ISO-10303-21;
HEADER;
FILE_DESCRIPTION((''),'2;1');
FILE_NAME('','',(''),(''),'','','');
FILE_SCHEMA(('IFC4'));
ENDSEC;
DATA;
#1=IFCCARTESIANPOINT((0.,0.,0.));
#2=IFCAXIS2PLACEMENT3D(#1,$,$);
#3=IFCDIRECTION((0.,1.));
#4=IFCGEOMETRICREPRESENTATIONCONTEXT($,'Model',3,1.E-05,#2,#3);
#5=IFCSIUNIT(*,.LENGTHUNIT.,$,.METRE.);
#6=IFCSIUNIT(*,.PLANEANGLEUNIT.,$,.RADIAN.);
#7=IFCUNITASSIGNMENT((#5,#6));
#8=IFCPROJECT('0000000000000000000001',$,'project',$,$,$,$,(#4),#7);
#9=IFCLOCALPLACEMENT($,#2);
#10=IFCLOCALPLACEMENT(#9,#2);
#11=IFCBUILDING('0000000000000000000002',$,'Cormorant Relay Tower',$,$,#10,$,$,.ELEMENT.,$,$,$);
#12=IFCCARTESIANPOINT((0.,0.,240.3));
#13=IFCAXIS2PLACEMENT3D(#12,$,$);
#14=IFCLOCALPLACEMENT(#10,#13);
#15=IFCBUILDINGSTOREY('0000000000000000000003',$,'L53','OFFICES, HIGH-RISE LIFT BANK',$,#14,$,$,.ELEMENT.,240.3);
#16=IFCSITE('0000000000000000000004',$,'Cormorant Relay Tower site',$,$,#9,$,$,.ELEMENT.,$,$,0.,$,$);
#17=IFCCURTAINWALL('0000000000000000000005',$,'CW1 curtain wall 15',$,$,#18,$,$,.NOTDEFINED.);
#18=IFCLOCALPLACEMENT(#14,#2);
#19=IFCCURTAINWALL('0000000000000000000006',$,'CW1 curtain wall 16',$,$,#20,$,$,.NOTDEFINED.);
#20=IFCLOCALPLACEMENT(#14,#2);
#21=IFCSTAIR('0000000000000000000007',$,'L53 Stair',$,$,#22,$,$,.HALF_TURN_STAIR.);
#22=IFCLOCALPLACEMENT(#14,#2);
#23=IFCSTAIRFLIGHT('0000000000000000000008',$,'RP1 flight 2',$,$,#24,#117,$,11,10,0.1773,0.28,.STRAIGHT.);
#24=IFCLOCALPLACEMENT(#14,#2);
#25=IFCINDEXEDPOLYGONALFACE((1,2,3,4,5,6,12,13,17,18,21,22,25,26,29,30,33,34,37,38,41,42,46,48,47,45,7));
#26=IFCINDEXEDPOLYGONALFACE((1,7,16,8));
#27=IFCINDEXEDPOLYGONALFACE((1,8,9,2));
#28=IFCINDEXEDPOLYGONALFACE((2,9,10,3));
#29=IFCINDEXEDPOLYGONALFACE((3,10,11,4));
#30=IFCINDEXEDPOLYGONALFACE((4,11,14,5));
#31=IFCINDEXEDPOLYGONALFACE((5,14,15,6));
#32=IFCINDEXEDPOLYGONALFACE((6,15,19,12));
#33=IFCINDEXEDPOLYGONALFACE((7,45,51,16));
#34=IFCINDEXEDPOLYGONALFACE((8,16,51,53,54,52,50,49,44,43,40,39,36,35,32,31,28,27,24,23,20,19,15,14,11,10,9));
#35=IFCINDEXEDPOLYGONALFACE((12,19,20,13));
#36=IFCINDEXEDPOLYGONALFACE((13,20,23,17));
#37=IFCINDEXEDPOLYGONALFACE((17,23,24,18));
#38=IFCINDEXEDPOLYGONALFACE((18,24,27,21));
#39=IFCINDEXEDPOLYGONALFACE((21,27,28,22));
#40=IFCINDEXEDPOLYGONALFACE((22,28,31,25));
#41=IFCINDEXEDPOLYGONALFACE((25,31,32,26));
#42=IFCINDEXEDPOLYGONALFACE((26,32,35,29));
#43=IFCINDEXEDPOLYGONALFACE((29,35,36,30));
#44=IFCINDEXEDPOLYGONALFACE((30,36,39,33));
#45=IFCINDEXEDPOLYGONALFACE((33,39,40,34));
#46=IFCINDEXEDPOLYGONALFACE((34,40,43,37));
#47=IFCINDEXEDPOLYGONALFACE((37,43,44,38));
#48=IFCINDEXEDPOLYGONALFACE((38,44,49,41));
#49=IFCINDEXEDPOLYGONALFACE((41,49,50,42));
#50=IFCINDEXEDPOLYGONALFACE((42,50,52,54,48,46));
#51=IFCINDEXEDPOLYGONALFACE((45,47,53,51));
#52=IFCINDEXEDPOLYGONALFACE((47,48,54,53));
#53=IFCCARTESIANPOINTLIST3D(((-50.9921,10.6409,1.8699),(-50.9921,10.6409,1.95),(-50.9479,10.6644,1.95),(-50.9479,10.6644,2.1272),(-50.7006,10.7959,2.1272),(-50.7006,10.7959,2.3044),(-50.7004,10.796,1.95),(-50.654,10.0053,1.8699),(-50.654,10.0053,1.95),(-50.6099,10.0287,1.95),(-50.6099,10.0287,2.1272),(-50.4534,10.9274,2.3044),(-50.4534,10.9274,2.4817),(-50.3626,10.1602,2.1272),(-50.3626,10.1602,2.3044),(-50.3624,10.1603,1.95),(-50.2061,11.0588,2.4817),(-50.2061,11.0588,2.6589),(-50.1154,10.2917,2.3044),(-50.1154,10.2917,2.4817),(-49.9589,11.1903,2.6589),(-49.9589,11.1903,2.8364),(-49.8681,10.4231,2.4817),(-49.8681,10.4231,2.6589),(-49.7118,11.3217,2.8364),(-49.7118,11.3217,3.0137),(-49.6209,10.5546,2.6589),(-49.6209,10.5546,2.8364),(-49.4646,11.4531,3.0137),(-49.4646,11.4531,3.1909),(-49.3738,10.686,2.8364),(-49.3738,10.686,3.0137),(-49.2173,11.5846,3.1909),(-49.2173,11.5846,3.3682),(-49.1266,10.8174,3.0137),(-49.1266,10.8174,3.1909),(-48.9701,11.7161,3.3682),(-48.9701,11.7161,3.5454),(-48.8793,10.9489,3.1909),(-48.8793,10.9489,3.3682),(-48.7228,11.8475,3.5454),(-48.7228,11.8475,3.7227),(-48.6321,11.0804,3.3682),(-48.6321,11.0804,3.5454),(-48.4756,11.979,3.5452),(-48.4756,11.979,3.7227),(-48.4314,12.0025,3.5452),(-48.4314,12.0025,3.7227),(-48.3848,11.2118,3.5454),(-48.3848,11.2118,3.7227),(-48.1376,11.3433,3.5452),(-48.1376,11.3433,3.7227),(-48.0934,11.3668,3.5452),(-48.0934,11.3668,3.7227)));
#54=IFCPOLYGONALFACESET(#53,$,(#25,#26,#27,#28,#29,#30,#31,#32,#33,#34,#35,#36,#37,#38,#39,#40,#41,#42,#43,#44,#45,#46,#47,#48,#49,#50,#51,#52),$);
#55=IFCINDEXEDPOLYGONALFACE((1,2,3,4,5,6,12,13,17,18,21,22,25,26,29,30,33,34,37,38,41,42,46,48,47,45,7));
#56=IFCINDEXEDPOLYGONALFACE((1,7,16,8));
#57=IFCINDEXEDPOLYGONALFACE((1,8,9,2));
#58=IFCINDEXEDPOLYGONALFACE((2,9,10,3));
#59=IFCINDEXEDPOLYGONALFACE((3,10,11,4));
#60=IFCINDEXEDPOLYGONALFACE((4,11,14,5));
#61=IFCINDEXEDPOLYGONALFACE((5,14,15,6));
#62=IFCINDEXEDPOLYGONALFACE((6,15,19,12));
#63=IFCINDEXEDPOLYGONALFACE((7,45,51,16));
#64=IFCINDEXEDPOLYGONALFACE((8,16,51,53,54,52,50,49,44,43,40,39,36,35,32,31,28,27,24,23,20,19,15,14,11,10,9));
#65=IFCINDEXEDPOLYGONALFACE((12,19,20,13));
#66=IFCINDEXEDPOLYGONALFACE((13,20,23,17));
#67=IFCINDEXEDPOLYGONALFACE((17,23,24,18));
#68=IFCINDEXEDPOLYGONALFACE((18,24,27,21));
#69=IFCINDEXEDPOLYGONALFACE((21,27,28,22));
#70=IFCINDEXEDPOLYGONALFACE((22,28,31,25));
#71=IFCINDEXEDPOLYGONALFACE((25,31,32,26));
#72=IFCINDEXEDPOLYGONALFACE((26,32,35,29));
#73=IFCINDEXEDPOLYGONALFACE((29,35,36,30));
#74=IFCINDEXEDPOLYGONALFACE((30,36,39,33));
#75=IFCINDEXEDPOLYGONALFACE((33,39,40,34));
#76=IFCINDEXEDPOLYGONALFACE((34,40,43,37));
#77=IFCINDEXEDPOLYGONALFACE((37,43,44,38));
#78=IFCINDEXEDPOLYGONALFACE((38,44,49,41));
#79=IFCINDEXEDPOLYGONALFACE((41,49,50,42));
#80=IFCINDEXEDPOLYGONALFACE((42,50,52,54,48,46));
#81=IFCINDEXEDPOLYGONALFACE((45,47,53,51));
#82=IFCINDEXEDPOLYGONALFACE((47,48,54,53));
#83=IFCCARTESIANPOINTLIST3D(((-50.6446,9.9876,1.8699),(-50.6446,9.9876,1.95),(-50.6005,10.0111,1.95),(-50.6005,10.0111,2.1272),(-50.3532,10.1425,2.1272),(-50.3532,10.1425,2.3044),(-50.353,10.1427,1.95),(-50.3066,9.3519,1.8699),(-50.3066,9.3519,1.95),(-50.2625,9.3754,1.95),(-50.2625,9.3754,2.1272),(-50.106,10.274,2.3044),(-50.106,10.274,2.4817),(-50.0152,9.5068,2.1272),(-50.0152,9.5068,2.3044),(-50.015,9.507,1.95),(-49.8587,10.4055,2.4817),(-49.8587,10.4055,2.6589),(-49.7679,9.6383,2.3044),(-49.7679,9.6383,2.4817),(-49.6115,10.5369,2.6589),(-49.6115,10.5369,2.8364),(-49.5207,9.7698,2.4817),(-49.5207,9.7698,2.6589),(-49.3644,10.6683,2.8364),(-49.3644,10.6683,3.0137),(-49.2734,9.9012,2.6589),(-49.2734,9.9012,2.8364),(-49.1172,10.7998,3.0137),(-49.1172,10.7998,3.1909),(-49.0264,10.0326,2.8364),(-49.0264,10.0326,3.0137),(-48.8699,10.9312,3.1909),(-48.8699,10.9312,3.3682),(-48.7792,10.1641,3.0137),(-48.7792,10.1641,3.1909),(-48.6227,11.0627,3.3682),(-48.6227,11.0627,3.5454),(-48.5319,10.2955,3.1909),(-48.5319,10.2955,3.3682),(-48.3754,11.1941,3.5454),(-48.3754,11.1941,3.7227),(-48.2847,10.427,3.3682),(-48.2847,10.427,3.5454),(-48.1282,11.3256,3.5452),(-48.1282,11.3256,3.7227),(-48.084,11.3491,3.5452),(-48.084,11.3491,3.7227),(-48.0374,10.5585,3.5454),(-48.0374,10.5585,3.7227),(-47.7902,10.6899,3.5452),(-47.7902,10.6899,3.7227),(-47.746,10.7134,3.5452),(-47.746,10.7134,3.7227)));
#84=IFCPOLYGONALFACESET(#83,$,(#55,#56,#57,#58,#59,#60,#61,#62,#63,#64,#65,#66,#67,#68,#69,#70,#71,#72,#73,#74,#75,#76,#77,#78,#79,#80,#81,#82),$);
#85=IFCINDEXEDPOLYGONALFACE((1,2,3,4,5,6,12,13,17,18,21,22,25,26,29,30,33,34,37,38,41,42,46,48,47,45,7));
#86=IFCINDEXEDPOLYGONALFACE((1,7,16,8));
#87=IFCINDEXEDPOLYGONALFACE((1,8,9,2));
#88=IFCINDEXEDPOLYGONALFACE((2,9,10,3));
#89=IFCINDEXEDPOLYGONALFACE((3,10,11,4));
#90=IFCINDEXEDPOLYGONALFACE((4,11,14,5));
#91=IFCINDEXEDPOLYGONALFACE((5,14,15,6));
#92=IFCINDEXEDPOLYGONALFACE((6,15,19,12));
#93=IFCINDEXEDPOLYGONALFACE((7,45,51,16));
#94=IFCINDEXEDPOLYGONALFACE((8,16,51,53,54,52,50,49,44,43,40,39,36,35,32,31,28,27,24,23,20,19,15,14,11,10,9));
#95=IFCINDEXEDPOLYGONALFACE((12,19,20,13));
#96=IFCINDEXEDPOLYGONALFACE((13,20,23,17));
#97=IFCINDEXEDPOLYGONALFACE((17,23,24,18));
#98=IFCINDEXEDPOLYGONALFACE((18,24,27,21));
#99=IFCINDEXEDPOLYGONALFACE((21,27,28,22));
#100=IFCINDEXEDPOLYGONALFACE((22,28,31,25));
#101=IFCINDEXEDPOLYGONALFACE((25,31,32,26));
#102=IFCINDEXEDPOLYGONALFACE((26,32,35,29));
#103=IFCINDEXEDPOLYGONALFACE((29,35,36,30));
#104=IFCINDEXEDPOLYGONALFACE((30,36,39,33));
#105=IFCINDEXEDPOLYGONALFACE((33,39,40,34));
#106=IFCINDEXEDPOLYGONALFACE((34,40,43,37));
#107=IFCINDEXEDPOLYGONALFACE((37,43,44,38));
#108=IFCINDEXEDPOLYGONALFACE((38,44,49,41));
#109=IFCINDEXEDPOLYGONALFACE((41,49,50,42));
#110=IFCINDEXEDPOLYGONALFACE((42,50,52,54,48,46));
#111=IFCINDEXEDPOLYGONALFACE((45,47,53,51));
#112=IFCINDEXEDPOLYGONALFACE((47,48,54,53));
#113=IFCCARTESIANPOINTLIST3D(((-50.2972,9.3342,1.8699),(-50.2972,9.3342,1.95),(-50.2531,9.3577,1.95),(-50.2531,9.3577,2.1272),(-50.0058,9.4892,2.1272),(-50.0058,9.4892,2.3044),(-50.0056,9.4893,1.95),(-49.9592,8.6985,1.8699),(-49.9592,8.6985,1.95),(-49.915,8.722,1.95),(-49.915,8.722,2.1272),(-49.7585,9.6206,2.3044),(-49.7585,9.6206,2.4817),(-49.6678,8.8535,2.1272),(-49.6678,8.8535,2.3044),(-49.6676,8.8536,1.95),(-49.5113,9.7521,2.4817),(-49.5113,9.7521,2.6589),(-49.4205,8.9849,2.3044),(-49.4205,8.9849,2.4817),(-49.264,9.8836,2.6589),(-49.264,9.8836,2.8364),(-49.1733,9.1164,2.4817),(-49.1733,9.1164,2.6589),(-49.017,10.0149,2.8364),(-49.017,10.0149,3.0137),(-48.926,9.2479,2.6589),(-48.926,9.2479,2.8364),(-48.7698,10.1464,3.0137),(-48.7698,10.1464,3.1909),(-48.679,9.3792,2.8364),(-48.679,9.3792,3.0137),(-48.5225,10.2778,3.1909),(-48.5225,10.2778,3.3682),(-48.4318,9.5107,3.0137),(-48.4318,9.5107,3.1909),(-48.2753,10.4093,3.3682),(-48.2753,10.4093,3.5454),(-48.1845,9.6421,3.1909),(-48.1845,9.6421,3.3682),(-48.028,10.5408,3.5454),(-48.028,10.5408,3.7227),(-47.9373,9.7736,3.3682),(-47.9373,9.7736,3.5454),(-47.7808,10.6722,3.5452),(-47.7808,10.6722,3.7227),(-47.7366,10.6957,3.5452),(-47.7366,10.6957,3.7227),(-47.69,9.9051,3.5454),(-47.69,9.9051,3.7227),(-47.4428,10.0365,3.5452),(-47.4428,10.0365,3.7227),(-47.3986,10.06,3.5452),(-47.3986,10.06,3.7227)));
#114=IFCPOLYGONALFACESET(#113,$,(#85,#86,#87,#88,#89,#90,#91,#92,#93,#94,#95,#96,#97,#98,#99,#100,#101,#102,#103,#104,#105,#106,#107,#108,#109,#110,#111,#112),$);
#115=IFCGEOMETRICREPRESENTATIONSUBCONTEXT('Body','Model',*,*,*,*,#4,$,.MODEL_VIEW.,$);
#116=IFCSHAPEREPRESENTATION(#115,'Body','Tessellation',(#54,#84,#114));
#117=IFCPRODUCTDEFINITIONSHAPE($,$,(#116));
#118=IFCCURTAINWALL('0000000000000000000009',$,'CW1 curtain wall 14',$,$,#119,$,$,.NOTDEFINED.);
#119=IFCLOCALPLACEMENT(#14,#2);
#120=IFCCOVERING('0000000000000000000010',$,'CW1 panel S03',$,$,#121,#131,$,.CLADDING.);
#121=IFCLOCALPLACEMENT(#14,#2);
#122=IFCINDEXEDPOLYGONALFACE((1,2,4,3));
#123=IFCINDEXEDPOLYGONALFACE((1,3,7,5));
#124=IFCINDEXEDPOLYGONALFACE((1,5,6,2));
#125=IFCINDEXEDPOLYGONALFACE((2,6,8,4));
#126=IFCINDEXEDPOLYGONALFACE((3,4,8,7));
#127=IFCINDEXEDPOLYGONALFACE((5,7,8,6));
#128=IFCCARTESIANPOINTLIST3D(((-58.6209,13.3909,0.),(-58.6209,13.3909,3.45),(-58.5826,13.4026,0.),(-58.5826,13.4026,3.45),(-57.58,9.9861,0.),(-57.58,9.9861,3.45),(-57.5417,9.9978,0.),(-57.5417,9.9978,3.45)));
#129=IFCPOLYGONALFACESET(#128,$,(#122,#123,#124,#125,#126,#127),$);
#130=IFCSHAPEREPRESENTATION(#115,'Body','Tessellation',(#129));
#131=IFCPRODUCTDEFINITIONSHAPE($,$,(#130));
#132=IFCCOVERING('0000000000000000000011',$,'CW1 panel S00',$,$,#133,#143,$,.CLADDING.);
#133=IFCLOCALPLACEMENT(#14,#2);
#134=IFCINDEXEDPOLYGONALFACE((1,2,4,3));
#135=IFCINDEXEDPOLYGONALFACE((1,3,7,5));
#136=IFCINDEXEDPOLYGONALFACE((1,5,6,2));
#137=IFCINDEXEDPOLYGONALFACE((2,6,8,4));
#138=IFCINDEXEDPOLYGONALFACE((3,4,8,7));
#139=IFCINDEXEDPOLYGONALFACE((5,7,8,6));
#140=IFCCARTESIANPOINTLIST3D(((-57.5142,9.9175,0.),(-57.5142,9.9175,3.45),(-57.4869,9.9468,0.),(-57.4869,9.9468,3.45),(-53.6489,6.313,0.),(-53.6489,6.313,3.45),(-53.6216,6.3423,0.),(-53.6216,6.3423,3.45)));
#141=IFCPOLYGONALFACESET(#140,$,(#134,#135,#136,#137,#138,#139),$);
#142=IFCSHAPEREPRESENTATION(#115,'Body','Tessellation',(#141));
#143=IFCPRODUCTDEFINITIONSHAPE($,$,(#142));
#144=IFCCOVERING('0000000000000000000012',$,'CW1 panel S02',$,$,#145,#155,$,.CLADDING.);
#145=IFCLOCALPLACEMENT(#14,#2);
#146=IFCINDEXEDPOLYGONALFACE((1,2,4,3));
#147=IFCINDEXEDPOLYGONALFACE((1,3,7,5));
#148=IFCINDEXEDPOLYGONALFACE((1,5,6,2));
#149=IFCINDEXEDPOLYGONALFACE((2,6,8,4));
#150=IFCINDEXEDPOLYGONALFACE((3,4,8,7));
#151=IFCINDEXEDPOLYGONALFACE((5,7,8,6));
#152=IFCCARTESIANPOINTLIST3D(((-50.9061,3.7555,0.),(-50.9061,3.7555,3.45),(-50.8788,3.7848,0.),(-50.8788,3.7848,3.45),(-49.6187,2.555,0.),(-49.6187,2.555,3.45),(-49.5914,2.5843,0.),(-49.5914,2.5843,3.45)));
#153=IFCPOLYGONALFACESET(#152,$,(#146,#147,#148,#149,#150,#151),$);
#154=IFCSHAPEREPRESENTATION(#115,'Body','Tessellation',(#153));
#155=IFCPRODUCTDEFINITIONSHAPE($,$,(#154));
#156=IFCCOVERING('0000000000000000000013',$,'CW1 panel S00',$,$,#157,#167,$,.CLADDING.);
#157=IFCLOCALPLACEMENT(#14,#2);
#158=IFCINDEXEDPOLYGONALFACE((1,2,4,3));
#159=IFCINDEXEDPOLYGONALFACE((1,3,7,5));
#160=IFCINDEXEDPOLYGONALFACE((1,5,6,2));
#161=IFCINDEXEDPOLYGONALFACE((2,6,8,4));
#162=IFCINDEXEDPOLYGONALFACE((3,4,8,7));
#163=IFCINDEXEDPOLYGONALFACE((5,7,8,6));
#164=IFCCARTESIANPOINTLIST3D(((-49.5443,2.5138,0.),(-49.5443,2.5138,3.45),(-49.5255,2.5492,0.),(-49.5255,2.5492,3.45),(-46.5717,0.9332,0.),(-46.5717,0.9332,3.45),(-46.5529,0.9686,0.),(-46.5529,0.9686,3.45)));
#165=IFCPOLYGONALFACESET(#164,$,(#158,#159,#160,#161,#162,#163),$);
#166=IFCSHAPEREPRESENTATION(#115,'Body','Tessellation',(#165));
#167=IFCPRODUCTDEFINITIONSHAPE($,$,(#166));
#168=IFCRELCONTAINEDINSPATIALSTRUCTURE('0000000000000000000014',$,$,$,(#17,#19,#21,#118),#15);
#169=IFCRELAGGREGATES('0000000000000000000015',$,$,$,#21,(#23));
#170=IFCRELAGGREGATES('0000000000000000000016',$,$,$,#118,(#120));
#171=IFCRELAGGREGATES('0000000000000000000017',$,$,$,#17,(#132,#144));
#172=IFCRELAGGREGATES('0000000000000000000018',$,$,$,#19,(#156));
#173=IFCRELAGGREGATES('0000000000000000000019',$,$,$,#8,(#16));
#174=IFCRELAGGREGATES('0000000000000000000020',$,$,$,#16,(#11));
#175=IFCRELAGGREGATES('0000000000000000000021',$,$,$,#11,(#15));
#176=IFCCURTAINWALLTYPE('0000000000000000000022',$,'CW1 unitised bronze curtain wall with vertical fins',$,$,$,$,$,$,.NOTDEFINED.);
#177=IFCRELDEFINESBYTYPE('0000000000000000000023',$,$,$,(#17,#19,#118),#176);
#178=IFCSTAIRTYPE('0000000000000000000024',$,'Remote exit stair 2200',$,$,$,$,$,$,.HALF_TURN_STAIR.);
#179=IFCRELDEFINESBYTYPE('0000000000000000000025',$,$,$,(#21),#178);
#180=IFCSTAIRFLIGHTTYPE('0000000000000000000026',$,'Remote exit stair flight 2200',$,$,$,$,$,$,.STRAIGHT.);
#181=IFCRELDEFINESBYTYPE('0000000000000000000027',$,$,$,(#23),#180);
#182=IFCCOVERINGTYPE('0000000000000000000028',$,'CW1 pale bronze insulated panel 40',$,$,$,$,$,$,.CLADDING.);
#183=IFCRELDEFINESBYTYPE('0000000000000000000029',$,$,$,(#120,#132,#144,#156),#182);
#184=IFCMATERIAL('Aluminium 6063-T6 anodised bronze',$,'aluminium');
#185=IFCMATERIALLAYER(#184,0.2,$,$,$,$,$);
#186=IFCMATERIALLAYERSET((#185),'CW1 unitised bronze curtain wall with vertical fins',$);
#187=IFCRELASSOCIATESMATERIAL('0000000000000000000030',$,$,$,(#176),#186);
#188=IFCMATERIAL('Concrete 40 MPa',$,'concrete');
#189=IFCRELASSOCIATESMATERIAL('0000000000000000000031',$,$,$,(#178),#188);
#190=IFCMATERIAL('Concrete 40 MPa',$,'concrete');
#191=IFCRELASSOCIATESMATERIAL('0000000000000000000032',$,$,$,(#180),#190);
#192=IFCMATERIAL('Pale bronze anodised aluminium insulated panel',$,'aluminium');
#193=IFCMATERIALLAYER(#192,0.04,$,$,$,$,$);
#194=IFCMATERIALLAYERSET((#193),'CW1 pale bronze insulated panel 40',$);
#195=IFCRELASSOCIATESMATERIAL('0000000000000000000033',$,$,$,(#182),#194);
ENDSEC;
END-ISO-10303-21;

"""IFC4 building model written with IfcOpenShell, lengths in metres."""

from ifc_helpers import new_model, si_unit, direction, frame, origin, origin_2d, place, context, subcontext, project, spatial, polyline, rectangle, outline, extrude, material, layer, layer_set, type_object, element, aggregate, save


model = new_model("IFC4")

# Units and contexts
model_context = context("Model", 3, precision=1e-05, world=origin(), true_north=direction((0.0, 1.0)))
body_context = subcontext(model_context, "Body", "Model", "MODEL_VIEW")
ifc_project = project(units=[si_unit("LENGTHUNIT", "METRE"), si_unit("PLANEANGLEUNIT", "RADIAN")], contexts=[model_context])

# Site, building, storey
site_placement = place(None, origin())
site = spatial("IfcSite", under=ifc_project, at=site_placement, Name="Cormorant Relay Tower site", CompositionType="ELEMENT", RefElevation=0.0)
building_placement = place(site_placement, origin())
building = spatial("IfcBuilding", under=site, at=building_placement, Name="Cormorant Relay Tower", CompositionType="ELEMENT")
storey_placement = place(building_placement, frame((0.0, 0.0, 240.3)))
storey = spatial("IfcBuildingStorey", under=building, at=storey_placement, Name="L53", Description="OFFICES, HIGH-RISE LIFT BANK", CompositionType="ELEMENT", Elevation=240.3)

# Curtain wall
ifc_material_1 = material(Name="Aluminium 6063-T6 anodised bronze", Category="aluminium")
ifc_layer_1 = layer(ifc_material_1, 0.2)
ifc_layer_set_1 = layer_set([ifc_layer_1], Name="CW1 unitised bronze curtain wall with vertical fins")
curtain_wall_type = type_object("IfcCurtainWallType", Name="CW1 unitised bronze curtain wall with vertical fins", PredefinedType="NOTDEFINED", material=ifc_layer_set_1)
curtain_wall_1_placement = place(storey_placement, origin())
curtain_wall_1 = element("IfcCurtainWall", 1, at=curtain_wall_1_placement, inside=storey, type_object=curtain_wall_type, Name="CW1 curtain wall 15", PredefinedType="NOTDEFINED")

# Curtain wall
curtain_wall_2_placement = place(storey_placement, origin())
curtain_wall_2 = element("IfcCurtainWall", 2, at=curtain_wall_2_placement, inside=storey, type_object=curtain_wall_type, Name="CW1 curtain wall 16", PredefinedType="NOTDEFINED")

# Stair, stair flight
ifc_material_2 = material(Name="Concrete 40 MPa", Category="concrete")
stair_type = type_object("IfcStairType", Name="Remote exit stair 2200", PredefinedType="HALF_TURN_STAIR", material=ifc_material_2)
stair_placement = place(storey_placement, origin())
stair = element("IfcStair", 3, at=stair_placement, inside=storey, type_object=stair_type, Name="L53 Stair", PredefinedType="HALF_TURN_STAIR")
ifc_material_3 = material(Name="Concrete 40 MPa", Category="concrete")
stair_flight_type = type_object("IfcStairFlightType", Name="Remote exit stair flight 2200", PredefinedType="STRAIGHT", material=ifc_material_3)
stair_flight_1_placement = place(storey_placement, frame((-50.4314, 9.6931, 1.95), z_axis=(0.0, 0.0, 1.0), x_axis=(0.882948, 0.469472, 0.0)))
stair_flight_1 = element("IfcStairFlight", 4, at=stair_flight_1_placement, type_object=stair_flight_type, Name="RP1 flight 2", NumberOfRisers=11, NumberOfTreads=10, PredefinedType="STRAIGHT", RiserHeight=0.1773, TreadLength=0.28, context=body_context, shape_type="SweptSolid", body=[
    extrude(outline(polyline([(-0.05, -0.0801), (-0.05, 0.0), (0.0, 0.0), (0.0, 0.1772), (0.28, 0.1772), (0.28, 0.3545), (0.5601, 0.3545), (0.5601, 0.5317), (0.8401, 0.5317), (0.8401, 0.709), (1.1201, 0.709), (1.1201, 0.8865), (1.3999, 0.8865), (1.3999, 1.0637), (1.6799, 1.0637), (1.6799, 1.241), (1.96, 1.241), (1.96, 1.4182), (2.24, 1.4182), (2.24, 1.5955), (2.52, 1.5955), (2.52, 1.7727), (2.8, 1.7727), (2.8501, 1.7727), (2.8501, 1.5952), (2.8, 1.5952), (0.2803, 0.0), (-0.05, -0.0801)])), frame((0.0, 1.1001, 0.0), z_axis=(0.0, -1.0, 0.0), x_axis=(1.0, 0.0, 0.0)), (0.0, 0.0, 1.0), 0.72),
    extrude(outline(polyline([(-0.05, -0.0801), (-0.05, 0.0), (0.0, 0.0), (0.0, 0.1772), (0.28, 0.1772), (0.28, 0.3545), (0.5601, 0.3545), (0.5601, 0.5317), (0.8401, 0.5317), (0.8401, 0.709), (1.1201, 0.709), (1.1201, 0.8865), (1.3999, 0.8865), (1.3999, 1.0637), (1.6799, 1.0637), (1.6799, 1.241), (1.96, 1.241), (1.96, 1.4182), (2.24, 1.4182), (2.24, 1.5955), (2.52, 1.5955), (2.52, 1.7727), (2.8, 1.7727), (2.8501, 1.7727), (2.8501, 1.5952), (2.8, 1.5952), (0.2803, 0.0), (-0.05, -0.0801)])), frame((0.0, 0.3601, 0.0), z_axis=(0.0, -1.0, 0.0), x_axis=(1.0, 0.0, 0.0)), (0.0, 0.0, 1.0), 0.72),
    extrude(outline(polyline([(-0.05, -0.0801), (-0.05, 0.0), (0.0, 0.0), (0.0, 0.1772), (0.28, 0.1772), (0.28, 0.3545), (0.5601, 0.3545), (0.5601, 0.5317), (0.8401, 0.5317), (0.8401, 0.709), (1.1201, 0.709), (1.1201, 0.8865), (1.3999, 0.8865), (1.3999, 1.0637), (1.6799, 1.0637), (1.6799, 1.241), (1.96, 1.241), (1.96, 1.4182), (2.24, 1.4182), (2.24, 1.5955), (2.52, 1.5955), (2.52, 1.7727), (2.8, 1.7727), (2.8501, 1.7727), (2.8501, 1.5952), (2.8, 1.5952), (0.2803, 0.0), (-0.05, -0.0801)])), frame((0.0, -0.3799, 0.0), z_axis=(0.0, -1.0, 0.0), x_axis=(1.0, 0.0, 0.0)), (0.0, 0.0, 1.0), 0.72),
])
aggregate(stair, [stair_flight_1])

# Curtain wall, covering
curtain_wall_3_placement = place(storey_placement, origin())
curtain_wall_3 = element("IfcCurtainWall", 5, at=curtain_wall_3_placement, inside=storey, type_object=curtain_wall_type, Name="CW1 curtain wall 14", PredefinedType="NOTDEFINED")
ifc_material_4 = material(Name="Pale bronze anodised aluminium insulated panel", Category="aluminium")
ifc_layer_2 = layer(ifc_material_4, 0.04)
ifc_layer_set_2 = layer_set([ifc_layer_2], Name="CW1 pale bronze insulated panel 40")
covering_type = type_object("IfcCoveringType", Name="CW1 pale bronze insulated panel 40", PredefinedType="CLADDING", material=ifc_layer_set_2)
covering_1_placement = place(storey_placement, frame((-58.0813, 11.6943, 0.0), z_axis=(0.0, 0.0, 1.0), x_axis=(0.292372, -0.956305, 0.0)))
covering_1 = element("IfcCovering", 6, at=covering_1_placement, type_object=covering_type, Name="CW1 panel S03", PredefinedType="CLADDING", context=body_context, shape_type="SweptSolid", body=[
    extrude(rectangle(XDim=3.5603, YDim=0.04, at=origin_2d()), origin(), (0.0, 0.0, 1.0), 3.45),
])
aggregate(curtain_wall_3, [covering_1])

# Coverings
covering_2_placement = place(storey_placement, frame((-55.5679, 8.1299, 0.0), z_axis=(0.0, 0.0, 1.0), x_axis=(0.731354, -0.681998, 0.0)))
covering_2 = element("IfcCovering", 7, at=covering_2_placement, type_object=covering_type, Name="CW1 panel S00", PredefinedType="CLADDING", context=body_context, shape_type="SweptSolid", body=[
    extrude(rectangle(XDim=5.2852, YDim=0.04, at=origin_2d()), origin(), (0.0, 0.0, 1.0), 3.45),
])
covering_3_placement = place(storey_placement, frame((-50.2488, 3.1699, 0.0), z_axis=(0.0, 0.0, 1.0), x_axis=(0.731354, -0.681998, 0.0)))
covering_3 = element("IfcCovering", 8, at=covering_3_placement, type_object=covering_type, Name="CW1 panel S02", PredefinedType="CLADDING", context=body_context, shape_type="SweptSolid", body=[
    extrude(rectangle(XDim=1.7603, YDim=0.04, at=origin_2d()), origin(), (0.0, 0.0, 1.0), 3.45),
])
aggregate(curtain_wall_1, [covering_2, covering_3])
covering_4_placement = place(storey_placement, frame((-48.0486, 1.7412, 0.0), z_axis=(0.0, 0.0, 1.0), x_axis=(0.882948, -0.469472, 0.0)))
covering_4 = element("IfcCovering", 9, at=covering_4_placement, type_object=covering_type, Name="CW1 panel S00", PredefinedType="CLADDING", context=body_context, shape_type="SweptSolid", body=[
    extrude(rectangle(XDim=3.3667, YDim=0.04, at=origin_2d()), origin(), (0.0, 0.0, 1.0), 3.45),
])
aggregate(curtain_wall_2, [covering_4])

save(model, "model.ifc")
